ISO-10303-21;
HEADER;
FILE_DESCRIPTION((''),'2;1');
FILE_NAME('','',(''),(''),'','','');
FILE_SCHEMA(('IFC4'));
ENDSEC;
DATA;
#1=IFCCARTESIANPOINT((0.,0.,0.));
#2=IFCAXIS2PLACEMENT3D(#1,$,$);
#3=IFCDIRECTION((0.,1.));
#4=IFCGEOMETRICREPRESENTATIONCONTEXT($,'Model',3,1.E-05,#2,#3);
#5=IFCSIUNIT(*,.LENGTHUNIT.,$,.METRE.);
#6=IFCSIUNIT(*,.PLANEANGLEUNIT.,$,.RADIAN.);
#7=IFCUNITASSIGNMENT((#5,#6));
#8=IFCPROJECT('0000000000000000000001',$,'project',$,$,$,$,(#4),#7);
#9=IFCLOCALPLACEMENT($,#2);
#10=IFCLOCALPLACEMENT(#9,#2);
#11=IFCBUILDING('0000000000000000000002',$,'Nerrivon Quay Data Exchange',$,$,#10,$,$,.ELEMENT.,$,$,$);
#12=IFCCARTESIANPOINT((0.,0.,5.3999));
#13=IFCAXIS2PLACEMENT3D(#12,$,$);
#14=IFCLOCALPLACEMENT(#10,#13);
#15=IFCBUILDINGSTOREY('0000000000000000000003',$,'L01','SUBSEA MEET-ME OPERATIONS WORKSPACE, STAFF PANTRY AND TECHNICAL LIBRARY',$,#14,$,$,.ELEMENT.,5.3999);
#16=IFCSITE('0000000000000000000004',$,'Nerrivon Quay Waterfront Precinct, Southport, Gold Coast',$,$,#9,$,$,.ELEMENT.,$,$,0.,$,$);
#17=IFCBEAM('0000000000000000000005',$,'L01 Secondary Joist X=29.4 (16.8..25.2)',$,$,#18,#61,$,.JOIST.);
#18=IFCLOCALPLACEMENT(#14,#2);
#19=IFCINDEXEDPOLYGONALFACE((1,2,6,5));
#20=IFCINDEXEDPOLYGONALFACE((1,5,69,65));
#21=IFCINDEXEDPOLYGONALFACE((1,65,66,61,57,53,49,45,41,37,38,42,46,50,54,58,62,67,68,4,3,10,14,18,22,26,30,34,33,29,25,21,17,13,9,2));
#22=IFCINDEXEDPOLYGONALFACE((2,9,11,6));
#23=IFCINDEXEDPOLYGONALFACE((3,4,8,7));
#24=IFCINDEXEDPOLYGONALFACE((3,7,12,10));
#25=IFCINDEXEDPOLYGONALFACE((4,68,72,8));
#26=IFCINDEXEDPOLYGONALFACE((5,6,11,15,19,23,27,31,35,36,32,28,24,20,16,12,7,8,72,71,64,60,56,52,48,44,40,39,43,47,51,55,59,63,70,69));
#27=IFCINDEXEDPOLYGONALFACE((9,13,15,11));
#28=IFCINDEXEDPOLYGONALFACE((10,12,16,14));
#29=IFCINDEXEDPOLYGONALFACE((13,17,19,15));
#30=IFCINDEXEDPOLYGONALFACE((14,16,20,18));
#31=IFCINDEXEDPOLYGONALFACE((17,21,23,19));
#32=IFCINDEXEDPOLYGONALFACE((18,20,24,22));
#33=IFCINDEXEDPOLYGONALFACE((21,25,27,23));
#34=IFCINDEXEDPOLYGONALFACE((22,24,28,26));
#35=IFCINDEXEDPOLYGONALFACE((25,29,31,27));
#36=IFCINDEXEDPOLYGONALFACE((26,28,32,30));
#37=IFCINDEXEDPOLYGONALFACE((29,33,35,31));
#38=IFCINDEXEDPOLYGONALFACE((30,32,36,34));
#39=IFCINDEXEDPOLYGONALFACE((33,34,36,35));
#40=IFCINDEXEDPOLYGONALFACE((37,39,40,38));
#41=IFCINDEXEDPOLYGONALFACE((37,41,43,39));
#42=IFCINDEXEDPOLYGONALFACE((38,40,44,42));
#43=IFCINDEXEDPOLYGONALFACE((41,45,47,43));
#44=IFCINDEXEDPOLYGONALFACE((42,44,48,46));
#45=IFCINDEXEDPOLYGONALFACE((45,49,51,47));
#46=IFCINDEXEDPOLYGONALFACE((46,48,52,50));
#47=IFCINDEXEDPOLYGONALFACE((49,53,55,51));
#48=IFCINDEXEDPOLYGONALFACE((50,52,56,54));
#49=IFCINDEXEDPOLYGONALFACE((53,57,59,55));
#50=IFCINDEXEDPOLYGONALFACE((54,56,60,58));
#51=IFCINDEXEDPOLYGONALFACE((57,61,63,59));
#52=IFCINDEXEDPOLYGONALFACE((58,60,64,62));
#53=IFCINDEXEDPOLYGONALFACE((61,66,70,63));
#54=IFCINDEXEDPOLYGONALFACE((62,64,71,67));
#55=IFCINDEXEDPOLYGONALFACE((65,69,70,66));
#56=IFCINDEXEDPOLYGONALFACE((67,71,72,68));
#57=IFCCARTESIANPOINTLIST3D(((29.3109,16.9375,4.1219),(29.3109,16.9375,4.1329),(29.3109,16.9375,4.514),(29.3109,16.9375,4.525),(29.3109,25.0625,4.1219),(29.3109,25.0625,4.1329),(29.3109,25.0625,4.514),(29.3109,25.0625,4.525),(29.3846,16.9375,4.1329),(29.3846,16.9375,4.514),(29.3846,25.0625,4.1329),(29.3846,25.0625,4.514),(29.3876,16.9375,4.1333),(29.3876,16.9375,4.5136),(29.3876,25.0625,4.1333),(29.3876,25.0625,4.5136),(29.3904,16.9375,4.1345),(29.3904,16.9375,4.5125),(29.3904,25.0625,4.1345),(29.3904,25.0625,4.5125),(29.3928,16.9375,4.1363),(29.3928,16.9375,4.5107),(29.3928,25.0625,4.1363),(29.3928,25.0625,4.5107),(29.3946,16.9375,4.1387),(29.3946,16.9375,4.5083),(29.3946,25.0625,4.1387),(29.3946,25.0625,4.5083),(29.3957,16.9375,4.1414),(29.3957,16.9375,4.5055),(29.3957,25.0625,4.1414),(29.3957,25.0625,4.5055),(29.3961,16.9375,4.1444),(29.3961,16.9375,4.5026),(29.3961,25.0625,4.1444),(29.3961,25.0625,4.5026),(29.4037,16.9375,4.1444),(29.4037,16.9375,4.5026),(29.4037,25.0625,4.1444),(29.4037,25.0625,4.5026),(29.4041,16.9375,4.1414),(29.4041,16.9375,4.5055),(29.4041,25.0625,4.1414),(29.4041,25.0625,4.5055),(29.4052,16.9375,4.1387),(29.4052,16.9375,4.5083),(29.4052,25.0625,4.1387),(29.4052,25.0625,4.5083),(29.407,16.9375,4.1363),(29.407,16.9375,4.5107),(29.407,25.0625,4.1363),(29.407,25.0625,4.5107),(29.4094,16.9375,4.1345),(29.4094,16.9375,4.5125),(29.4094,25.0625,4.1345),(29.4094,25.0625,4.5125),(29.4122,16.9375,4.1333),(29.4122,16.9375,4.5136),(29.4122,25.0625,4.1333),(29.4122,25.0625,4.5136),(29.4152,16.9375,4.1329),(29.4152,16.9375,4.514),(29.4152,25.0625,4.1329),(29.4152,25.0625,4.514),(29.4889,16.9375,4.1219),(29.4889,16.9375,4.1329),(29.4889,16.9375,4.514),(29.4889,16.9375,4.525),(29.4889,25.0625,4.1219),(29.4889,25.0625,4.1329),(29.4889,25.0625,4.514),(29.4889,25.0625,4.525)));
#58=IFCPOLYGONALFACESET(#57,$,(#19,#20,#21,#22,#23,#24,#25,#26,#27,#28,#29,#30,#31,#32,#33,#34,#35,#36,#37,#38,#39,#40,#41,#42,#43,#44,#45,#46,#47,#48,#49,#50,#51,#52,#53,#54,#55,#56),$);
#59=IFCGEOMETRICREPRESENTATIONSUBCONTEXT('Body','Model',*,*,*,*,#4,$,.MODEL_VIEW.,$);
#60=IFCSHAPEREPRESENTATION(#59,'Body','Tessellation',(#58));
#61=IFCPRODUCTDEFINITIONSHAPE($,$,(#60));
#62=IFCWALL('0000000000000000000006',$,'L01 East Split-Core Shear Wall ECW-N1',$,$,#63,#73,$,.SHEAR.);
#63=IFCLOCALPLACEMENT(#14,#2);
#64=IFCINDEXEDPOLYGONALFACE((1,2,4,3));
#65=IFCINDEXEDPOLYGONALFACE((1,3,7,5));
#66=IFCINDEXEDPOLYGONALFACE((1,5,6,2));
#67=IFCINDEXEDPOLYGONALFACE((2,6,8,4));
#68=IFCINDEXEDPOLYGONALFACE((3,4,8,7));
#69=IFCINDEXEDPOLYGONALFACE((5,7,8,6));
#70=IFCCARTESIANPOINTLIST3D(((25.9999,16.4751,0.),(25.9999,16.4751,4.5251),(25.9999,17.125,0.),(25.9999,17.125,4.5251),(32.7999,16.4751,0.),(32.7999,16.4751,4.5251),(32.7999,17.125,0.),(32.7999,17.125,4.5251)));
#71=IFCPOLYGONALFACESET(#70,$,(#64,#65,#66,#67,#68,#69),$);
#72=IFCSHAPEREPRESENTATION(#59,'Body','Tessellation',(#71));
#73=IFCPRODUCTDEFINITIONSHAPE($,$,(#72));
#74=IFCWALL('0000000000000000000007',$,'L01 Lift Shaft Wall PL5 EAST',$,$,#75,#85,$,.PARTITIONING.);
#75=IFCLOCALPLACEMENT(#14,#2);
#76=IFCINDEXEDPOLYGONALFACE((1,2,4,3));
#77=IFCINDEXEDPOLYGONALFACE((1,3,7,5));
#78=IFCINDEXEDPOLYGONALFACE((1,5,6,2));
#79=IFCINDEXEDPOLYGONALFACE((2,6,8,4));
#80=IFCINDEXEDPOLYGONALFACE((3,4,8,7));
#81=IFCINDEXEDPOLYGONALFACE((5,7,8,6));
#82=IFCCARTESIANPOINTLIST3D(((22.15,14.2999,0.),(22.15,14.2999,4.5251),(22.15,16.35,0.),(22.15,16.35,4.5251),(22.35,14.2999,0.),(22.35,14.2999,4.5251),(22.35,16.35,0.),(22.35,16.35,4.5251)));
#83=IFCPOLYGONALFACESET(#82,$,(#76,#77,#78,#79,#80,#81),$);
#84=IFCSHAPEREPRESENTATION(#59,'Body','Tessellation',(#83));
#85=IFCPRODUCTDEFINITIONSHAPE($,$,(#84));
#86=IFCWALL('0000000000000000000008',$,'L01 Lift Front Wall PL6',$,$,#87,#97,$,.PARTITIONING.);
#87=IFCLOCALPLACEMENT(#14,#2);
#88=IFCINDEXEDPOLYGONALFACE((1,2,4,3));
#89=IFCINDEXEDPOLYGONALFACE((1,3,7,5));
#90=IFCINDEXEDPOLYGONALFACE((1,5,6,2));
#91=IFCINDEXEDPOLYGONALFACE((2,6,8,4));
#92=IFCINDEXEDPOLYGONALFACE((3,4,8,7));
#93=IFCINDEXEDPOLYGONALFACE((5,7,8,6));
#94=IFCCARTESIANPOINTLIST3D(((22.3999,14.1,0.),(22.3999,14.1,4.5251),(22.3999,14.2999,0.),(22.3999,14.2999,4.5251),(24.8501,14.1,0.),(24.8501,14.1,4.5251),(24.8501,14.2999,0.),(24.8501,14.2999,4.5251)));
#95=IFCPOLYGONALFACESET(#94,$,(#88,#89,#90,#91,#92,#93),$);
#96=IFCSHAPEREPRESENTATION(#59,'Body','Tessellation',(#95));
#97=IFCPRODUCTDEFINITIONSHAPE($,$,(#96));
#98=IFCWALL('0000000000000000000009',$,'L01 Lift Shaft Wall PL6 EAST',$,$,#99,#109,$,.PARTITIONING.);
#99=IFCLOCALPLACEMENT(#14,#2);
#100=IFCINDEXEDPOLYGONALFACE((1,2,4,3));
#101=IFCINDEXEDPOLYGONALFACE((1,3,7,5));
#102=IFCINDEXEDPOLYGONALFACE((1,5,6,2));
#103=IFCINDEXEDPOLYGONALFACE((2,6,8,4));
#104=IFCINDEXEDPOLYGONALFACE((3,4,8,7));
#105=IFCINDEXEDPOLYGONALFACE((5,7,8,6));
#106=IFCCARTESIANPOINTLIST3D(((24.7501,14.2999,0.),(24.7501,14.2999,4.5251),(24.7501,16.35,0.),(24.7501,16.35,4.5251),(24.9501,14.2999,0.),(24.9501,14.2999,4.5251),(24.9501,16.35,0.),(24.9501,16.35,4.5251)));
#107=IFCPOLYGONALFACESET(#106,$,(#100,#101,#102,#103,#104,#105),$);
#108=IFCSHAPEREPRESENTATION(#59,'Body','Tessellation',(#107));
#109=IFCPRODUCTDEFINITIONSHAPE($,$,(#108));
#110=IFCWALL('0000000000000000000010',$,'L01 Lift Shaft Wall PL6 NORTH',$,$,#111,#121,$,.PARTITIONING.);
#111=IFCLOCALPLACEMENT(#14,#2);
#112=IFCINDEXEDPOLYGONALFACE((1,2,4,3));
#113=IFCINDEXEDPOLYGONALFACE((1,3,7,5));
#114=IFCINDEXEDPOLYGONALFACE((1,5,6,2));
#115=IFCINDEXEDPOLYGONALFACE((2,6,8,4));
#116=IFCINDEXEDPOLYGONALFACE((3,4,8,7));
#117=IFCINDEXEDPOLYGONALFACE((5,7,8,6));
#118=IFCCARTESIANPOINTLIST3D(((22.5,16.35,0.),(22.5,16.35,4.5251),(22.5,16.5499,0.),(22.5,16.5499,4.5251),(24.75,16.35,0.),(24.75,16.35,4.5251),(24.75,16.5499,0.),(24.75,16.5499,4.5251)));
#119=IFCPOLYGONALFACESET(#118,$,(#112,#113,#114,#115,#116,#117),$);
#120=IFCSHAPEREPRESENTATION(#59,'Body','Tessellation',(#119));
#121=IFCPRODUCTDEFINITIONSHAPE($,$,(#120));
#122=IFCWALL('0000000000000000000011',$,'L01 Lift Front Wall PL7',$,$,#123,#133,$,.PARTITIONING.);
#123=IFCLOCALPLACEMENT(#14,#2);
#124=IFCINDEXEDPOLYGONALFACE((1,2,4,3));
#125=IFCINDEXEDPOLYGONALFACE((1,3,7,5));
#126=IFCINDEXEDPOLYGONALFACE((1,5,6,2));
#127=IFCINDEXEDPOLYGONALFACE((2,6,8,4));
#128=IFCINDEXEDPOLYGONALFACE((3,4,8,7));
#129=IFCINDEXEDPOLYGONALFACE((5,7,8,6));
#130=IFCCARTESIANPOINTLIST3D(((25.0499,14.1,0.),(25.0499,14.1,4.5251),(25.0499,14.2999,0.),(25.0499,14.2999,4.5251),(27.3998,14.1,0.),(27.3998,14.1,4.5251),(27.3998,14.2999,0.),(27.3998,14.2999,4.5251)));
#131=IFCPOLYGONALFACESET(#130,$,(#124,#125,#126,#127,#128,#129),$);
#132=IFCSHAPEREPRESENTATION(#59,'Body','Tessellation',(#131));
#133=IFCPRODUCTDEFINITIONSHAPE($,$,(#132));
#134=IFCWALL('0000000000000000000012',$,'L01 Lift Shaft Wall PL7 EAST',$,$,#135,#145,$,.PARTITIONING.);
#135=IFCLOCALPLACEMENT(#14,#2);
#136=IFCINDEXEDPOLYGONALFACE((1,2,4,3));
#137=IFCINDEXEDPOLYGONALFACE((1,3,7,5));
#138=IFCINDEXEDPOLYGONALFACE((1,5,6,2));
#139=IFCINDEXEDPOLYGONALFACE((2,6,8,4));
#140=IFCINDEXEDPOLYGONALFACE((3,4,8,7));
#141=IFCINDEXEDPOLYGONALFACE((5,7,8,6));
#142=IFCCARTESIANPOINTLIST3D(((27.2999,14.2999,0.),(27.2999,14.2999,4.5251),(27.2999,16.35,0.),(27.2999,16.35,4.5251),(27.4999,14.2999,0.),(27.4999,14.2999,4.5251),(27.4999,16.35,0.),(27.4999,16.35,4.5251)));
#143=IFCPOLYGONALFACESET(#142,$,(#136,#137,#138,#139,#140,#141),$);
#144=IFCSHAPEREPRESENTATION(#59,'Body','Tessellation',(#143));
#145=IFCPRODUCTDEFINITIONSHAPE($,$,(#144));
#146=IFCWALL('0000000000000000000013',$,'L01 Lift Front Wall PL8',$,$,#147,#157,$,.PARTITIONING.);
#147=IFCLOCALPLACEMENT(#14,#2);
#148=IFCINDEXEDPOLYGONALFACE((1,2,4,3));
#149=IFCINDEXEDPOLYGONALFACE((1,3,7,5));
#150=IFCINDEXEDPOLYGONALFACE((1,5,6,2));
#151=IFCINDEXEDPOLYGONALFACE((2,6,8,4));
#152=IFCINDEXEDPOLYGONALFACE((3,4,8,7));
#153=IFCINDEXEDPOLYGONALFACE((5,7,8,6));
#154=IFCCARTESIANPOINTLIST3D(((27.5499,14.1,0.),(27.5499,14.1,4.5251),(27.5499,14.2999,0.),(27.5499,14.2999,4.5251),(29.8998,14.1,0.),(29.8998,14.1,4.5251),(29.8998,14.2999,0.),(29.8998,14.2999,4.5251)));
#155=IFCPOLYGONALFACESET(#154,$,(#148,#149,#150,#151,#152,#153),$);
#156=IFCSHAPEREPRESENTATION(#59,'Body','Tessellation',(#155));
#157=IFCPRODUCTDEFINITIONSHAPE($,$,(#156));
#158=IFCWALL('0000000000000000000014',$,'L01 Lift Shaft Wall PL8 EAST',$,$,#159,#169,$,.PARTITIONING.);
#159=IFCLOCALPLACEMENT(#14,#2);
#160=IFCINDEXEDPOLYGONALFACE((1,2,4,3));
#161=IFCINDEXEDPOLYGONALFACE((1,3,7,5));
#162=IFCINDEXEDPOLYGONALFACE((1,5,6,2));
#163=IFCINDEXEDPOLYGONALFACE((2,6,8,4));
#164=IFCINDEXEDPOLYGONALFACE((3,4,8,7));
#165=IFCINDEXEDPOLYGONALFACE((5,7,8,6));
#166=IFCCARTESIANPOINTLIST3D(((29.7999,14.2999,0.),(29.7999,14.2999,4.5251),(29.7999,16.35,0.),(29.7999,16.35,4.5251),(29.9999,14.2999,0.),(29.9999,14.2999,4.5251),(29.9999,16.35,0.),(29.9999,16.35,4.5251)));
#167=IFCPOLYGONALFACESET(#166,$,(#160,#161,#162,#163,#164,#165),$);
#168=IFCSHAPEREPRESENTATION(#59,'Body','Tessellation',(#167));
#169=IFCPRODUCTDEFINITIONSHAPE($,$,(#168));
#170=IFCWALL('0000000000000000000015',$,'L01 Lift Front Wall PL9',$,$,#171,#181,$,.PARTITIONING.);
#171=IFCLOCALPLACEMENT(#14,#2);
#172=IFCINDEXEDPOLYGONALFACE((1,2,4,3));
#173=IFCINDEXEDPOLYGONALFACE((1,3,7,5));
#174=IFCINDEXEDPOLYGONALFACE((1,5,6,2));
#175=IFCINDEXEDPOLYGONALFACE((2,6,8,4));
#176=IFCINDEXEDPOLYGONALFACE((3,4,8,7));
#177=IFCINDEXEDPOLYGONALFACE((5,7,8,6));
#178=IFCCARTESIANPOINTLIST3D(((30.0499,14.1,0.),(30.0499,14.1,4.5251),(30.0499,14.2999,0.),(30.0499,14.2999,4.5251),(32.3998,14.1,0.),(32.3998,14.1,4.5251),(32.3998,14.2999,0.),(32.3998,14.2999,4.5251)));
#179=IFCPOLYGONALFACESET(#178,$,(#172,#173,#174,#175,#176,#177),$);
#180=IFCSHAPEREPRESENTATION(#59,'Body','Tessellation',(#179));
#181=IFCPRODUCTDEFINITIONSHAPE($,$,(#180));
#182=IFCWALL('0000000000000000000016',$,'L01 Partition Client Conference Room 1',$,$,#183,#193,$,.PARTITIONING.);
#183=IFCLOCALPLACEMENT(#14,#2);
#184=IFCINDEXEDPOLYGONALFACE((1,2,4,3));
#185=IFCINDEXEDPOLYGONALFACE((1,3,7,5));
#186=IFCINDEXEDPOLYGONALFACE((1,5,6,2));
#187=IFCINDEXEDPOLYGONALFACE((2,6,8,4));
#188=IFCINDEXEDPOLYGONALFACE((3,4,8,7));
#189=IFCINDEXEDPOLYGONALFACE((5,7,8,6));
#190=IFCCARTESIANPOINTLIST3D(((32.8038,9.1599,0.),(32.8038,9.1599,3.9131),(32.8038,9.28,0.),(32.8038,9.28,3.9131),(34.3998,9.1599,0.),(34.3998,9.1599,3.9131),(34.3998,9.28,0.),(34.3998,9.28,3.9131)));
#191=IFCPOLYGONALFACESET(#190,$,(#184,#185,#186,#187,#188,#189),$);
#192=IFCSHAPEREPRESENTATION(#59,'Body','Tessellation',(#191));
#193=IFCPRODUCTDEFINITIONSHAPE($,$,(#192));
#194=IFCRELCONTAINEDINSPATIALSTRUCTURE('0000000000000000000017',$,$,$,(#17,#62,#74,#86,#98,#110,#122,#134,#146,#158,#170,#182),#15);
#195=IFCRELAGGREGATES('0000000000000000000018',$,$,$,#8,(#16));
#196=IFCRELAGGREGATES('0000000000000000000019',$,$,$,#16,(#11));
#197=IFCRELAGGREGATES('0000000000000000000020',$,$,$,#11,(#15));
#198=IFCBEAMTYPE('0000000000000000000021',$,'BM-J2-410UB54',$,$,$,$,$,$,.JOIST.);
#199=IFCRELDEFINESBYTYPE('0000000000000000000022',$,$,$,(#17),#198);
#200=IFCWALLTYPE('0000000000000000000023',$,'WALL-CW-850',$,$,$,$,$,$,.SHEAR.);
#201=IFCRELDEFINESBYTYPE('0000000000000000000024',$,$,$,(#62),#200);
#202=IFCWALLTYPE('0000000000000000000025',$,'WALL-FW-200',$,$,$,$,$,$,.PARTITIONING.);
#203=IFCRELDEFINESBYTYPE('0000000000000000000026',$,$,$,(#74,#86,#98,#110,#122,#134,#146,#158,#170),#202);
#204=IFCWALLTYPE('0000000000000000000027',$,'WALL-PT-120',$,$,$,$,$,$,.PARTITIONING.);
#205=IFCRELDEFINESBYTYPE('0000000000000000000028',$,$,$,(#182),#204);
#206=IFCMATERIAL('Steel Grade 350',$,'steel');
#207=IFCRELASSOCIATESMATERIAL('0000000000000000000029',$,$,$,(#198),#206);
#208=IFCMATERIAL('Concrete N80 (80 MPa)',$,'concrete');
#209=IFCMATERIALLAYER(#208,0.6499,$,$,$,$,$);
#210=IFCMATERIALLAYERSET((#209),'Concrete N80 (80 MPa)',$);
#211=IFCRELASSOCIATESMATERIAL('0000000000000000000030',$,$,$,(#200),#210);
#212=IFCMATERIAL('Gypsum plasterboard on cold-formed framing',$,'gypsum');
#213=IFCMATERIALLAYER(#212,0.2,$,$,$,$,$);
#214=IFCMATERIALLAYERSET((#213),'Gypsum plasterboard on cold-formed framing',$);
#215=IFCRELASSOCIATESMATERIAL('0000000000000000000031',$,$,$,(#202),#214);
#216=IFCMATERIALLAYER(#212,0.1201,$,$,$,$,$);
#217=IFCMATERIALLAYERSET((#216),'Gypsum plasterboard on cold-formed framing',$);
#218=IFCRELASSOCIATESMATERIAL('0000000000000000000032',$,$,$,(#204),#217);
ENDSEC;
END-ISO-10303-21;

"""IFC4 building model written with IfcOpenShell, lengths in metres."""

from ifc_helpers import new_model, si_unit, direction, frame, frame_2d, origin, origin_2d, place, context, subcontext, project, spatial, rectangle, i_section, extrude, material, layer, layer_set, material_profile, profile_set, type_object, element, save


model = new_model("IFC4")

# Units and contexts
model_context = context("Model", 3, precision=1e-05, world=origin(), true_north=direction((0.0, 1.0)))
body_context = subcontext(model_context, "Body", "Model", "MODEL_VIEW")
ifc_project = project(units=[si_unit("LENGTHUNIT", "METRE"), si_unit("PLANEANGLEUNIT", "RADIAN")], contexts=[model_context])

# Site, building, storey
site_placement = place(None, origin())
site = spatial("IfcSite", under=ifc_project, at=site_placement, Name="Nerrivon Quay Waterfront Precinct, Southport, Gold Coast", CompositionType="ELEMENT", RefElevation=0.0)
building_placement = place(site_placement, origin())
building = spatial("IfcBuilding", under=site, at=building_placement, Name="Nerrivon Quay Data Exchange", CompositionType="ELEMENT")
storey_placement = place(building_placement, frame((0.0, 0.0, 5.3999)))
storey = spatial("IfcBuildingStorey", under=building, at=storey_placement, Name="L01", Description="SUBSEA MEET-ME OPERATIONS WORKSPACE, STAFF PANTRY AND TECHNICAL LIBRARY", CompositionType="ELEMENT", Elevation=5.3999)

# Shared definitions
ifc_material_1 = material(Name="Concrete N80 (80 MPa)", Category="concrete")

# Beam
ifc_material_2 = material(Name="Steel Grade 350", Category="steel")
ifc_material_profile_1 = material_profile(ifc_material_2, i_section(OverallWidth=0.178, OverallDepth=0.4031, WebThickness=0.0076, FlangeThickness=0.011, FilletRadius=0.0115, at=origin_2d()), Name="410UB53.7")
ifc_profile_set_1 = profile_set([ifc_material_profile_1], Name="Steel Grade 350")
beam_type_1 = type_object("IfcBeamType", Name="BM-J2-410UB54", PredefinedType="JOIST", material=ifc_profile_set_1)
beam_placement = place(storey_placement, frame((29.3999, 16.9375, 4.3235), z_axis=(0.0, 1.0, 0.0), x_axis=(-1.0, 0.0, 0.0)))
element("IfcBeam", 1, at=beam_placement, inside=storey, type_object=beam_type_1, Name="L01 Secondary Joist X=29.4 (16.8..25.2)", PredefinedType="JOIST", context=body_context, shape_type="SweptSolid", body=[
    extrude(i_section(OverallWidth=0.178, OverallDepth=0.4031, WebThickness=0.0076, FlangeThickness=0.011, FilletRadius=0.0115, at=origin_2d()), origin(), (0.0, 0.0, 1.0), 8.125),
])

# Walls
ifc_layer_1 = layer(ifc_material_1, 0.6499)
ifc_layer_set_1 = layer_set([ifc_layer_1], Name="Concrete N80 (80 MPa)")
wall_type_1 = type_object("IfcWallType", Name="WALL-CW-850", PredefinedType="SHEAR", material=ifc_layer_set_1)
wall_1_placement = place(storey_placement, frame((26.0, 16.8, 0.0), z_axis=(0.0, 0.0, 1.0), x_axis=(1.0, 0.0, 0.0)))
element("IfcWall", 2, at=wall_1_placement, inside=storey, type_object=wall_type_1, Name="L01 East Split-Core Shear Wall ECW-N1", PredefinedType="SHEAR", context=body_context, shape_type="SweptSolid", body=[
    extrude(rectangle(XDim=6.8, YDim=0.6499, at=frame_2d((3.3999, 0.0))), origin(), (0.0, 0.0, 1.0), 4.5251),
])
ifc_material_3 = material(Name="Gypsum plasterboard on cold-formed framing", Category="gypsum")
ifc_layer_2 = layer(ifc_material_3, 0.2)
ifc_layer_set_2 = layer_set([ifc_layer_2], Name="Gypsum plasterboard on cold-formed framing")
wall_type_2 = type_object("IfcWallType", Name="WALL-FW-200", PredefinedType="PARTITIONING", material=ifc_layer_set_2)
wall_2_placement = place(storey_placement, frame((22.25, 14.3, 0.0), z_axis=(0.0, 0.0, 1.0), x_axis=(0.0, 1.0, 0.0)))
element("IfcWall", 3, at=wall_2_placement, inside=storey, type_object=wall_type_2, Name="L01 Lift Shaft Wall PL5 EAST", PredefinedType="PARTITIONING", context=body_context, shape_type="SweptSolid", body=[
    extrude(rectangle(XDim=2.05, YDim=0.2, at=frame_2d((1.0249, 0.0))), origin(), (0.0, 0.0, 1.0), 4.5251),
])
wall_3_placement = place(storey_placement, frame((22.3999, 14.2, 0.0), z_axis=(0.0, 0.0, 1.0), x_axis=(1.0, 0.0, 0.0)))
element("IfcWall", 4, at=wall_3_placement, inside=storey, type_object=wall_type_2, Name="L01 Lift Front Wall PL6", PredefinedType="PARTITIONING", context=body_context, shape_type="SweptSolid", body=[
    extrude(rectangle(XDim=2.4502, YDim=0.2, at=frame_2d((1.2251, 0.0))), origin(), (0.0, 0.0, 1.0), 4.5251),
])
wall_4_placement = place(storey_placement, frame((24.8501, 14.3, 0.0), z_axis=(0.0, 0.0, 1.0), x_axis=(0.0, 1.0, 0.0)))
element("IfcWall", 5, at=wall_4_placement, inside=storey, type_object=wall_type_2, Name="L01 Lift Shaft Wall PL6 EAST", PredefinedType="PARTITIONING", context=body_context, shape_type="SweptSolid", body=[
    extrude(rectangle(XDim=2.05, YDim=0.2, at=frame_2d((1.0249, 0.0))), origin(), (0.0, 0.0, 1.0), 4.5251),
])
wall_5_placement = place(storey_placement, frame((22.5, 16.45, 0.0), z_axis=(0.0, 0.0, 1.0), x_axis=(1.0, 0.0, 0.0)))
element("IfcWall", 6, at=wall_5_placement, inside=storey, type_object=wall_type_2, Name="L01 Lift Shaft Wall PL6 NORTH", PredefinedType="PARTITIONING", context=body_context, shape_type="SweptSolid", body=[
    extrude(rectangle(XDim=2.25, YDim=0.2, at=frame_2d((1.125, 0.0))), origin(), (0.0, 0.0, 1.0), 4.5251),
])
wall_6_placement = place(storey_placement, frame((25.05, 14.2, 0.0), z_axis=(0.0, 0.0, 1.0), x_axis=(1.0, 0.0, 0.0)))
element("IfcWall", 7, at=wall_6_placement, inside=storey, type_object=wall_type_2, Name="L01 Lift Front Wall PL7", PredefinedType="PARTITIONING", context=body_context, shape_type="SweptSolid", body=[
    extrude(rectangle(XDim=2.3499, YDim=0.2, at=frame_2d((1.1748, 0.0))), origin(), (0.0, 0.0, 1.0), 4.5251),
])
wall_7_placement = place(storey_placement, frame((27.3999, 14.3, 0.0), z_axis=(0.0, 0.0, 1.0), x_axis=(0.0, 1.0, 0.0)))
element("IfcWall", 8, at=wall_7_placement, inside=storey, type_object=wall_type_2, Name="L01 Lift Shaft Wall PL7 EAST", PredefinedType="PARTITIONING", context=body_context, shape_type="SweptSolid", body=[
    extrude(rectangle(XDim=2.05, YDim=0.2, at=frame_2d((1.0249, 0.0))), origin(), (0.0, 0.0, 1.0), 4.5251),
])
wall_8_placement = place(storey_placement, frame((27.55, 14.2, 0.0), z_axis=(0.0, 0.0, 1.0), x_axis=(1.0, 0.0, 0.0)))
element("IfcWall", 9, at=wall_8_placement, inside=storey, type_object=wall_type_2, Name="L01 Lift Front Wall PL8", PredefinedType="PARTITIONING", context=body_context, shape_type="SweptSolid", body=[
    extrude(rectangle(XDim=2.3499, YDim=0.2, at=frame_2d((1.1748, 0.0))), origin(), (0.0, 0.0, 1.0), 4.5251),
])
wall_9_placement = place(storey_placement, frame((29.8999, 14.3, 0.0), z_axis=(0.0, 0.0, 1.0), x_axis=(0.0, 1.0, 0.0)))
element("IfcWall", 10, at=wall_9_placement, inside=storey, type_object=wall_type_2, Name="L01 Lift Shaft Wall PL8 EAST", PredefinedType="PARTITIONING", context=body_context, shape_type="SweptSolid", body=[
    extrude(rectangle(XDim=2.05, YDim=0.2, at=frame_2d((1.0249, 0.0))), origin(), (0.0, 0.0, 1.0), 4.5251),
])
wall_10_placement = place(storey_placement, frame((30.05, 14.2, 0.0), z_axis=(0.0, 0.0, 1.0), x_axis=(1.0, 0.0, 0.0)))
element("IfcWall", 11, at=wall_10_placement, inside=storey, type_object=wall_type_2, Name="L01 Lift Front Wall PL9", PredefinedType="PARTITIONING", context=body_context, shape_type="SweptSolid", body=[
    extrude(rectangle(XDim=2.3499, YDim=0.2, at=frame_2d((1.1748, 0.0))), origin(), (0.0, 0.0, 1.0), 4.5251),
])

# Wall
ifc_layer_3 = layer(ifc_material_3, 0.1201)
ifc_layer_set_3 = layer_set([ifc_layer_3], Name="Gypsum plasterboard on cold-formed framing")
wall_type_3 = type_object("IfcWallType", Name="WALL-PT-120", PredefinedType="PARTITIONING", material=ifc_layer_set_3)
wall_11_placement = place(storey_placement, frame((32.804, 9.22, 0.0), z_axis=(0.0, 0.0, 1.0), x_axis=(1.0, 0.0, 0.0)))
element("IfcWall", 12, at=wall_11_placement, inside=storey, type_object=wall_type_3, Name="L01 Partition Client Conference Room 1", PredefinedType="PARTITIONING", context=body_context, shape_type="SweptSolid", body=[
    extrude(rectangle(XDim=1.5959, YDim=0.1201, at=frame_2d((0.7979, 0.0))), origin(), (0.0, 0.0, 1.0), 3.9131),
])

save(model, "model.ifc")
